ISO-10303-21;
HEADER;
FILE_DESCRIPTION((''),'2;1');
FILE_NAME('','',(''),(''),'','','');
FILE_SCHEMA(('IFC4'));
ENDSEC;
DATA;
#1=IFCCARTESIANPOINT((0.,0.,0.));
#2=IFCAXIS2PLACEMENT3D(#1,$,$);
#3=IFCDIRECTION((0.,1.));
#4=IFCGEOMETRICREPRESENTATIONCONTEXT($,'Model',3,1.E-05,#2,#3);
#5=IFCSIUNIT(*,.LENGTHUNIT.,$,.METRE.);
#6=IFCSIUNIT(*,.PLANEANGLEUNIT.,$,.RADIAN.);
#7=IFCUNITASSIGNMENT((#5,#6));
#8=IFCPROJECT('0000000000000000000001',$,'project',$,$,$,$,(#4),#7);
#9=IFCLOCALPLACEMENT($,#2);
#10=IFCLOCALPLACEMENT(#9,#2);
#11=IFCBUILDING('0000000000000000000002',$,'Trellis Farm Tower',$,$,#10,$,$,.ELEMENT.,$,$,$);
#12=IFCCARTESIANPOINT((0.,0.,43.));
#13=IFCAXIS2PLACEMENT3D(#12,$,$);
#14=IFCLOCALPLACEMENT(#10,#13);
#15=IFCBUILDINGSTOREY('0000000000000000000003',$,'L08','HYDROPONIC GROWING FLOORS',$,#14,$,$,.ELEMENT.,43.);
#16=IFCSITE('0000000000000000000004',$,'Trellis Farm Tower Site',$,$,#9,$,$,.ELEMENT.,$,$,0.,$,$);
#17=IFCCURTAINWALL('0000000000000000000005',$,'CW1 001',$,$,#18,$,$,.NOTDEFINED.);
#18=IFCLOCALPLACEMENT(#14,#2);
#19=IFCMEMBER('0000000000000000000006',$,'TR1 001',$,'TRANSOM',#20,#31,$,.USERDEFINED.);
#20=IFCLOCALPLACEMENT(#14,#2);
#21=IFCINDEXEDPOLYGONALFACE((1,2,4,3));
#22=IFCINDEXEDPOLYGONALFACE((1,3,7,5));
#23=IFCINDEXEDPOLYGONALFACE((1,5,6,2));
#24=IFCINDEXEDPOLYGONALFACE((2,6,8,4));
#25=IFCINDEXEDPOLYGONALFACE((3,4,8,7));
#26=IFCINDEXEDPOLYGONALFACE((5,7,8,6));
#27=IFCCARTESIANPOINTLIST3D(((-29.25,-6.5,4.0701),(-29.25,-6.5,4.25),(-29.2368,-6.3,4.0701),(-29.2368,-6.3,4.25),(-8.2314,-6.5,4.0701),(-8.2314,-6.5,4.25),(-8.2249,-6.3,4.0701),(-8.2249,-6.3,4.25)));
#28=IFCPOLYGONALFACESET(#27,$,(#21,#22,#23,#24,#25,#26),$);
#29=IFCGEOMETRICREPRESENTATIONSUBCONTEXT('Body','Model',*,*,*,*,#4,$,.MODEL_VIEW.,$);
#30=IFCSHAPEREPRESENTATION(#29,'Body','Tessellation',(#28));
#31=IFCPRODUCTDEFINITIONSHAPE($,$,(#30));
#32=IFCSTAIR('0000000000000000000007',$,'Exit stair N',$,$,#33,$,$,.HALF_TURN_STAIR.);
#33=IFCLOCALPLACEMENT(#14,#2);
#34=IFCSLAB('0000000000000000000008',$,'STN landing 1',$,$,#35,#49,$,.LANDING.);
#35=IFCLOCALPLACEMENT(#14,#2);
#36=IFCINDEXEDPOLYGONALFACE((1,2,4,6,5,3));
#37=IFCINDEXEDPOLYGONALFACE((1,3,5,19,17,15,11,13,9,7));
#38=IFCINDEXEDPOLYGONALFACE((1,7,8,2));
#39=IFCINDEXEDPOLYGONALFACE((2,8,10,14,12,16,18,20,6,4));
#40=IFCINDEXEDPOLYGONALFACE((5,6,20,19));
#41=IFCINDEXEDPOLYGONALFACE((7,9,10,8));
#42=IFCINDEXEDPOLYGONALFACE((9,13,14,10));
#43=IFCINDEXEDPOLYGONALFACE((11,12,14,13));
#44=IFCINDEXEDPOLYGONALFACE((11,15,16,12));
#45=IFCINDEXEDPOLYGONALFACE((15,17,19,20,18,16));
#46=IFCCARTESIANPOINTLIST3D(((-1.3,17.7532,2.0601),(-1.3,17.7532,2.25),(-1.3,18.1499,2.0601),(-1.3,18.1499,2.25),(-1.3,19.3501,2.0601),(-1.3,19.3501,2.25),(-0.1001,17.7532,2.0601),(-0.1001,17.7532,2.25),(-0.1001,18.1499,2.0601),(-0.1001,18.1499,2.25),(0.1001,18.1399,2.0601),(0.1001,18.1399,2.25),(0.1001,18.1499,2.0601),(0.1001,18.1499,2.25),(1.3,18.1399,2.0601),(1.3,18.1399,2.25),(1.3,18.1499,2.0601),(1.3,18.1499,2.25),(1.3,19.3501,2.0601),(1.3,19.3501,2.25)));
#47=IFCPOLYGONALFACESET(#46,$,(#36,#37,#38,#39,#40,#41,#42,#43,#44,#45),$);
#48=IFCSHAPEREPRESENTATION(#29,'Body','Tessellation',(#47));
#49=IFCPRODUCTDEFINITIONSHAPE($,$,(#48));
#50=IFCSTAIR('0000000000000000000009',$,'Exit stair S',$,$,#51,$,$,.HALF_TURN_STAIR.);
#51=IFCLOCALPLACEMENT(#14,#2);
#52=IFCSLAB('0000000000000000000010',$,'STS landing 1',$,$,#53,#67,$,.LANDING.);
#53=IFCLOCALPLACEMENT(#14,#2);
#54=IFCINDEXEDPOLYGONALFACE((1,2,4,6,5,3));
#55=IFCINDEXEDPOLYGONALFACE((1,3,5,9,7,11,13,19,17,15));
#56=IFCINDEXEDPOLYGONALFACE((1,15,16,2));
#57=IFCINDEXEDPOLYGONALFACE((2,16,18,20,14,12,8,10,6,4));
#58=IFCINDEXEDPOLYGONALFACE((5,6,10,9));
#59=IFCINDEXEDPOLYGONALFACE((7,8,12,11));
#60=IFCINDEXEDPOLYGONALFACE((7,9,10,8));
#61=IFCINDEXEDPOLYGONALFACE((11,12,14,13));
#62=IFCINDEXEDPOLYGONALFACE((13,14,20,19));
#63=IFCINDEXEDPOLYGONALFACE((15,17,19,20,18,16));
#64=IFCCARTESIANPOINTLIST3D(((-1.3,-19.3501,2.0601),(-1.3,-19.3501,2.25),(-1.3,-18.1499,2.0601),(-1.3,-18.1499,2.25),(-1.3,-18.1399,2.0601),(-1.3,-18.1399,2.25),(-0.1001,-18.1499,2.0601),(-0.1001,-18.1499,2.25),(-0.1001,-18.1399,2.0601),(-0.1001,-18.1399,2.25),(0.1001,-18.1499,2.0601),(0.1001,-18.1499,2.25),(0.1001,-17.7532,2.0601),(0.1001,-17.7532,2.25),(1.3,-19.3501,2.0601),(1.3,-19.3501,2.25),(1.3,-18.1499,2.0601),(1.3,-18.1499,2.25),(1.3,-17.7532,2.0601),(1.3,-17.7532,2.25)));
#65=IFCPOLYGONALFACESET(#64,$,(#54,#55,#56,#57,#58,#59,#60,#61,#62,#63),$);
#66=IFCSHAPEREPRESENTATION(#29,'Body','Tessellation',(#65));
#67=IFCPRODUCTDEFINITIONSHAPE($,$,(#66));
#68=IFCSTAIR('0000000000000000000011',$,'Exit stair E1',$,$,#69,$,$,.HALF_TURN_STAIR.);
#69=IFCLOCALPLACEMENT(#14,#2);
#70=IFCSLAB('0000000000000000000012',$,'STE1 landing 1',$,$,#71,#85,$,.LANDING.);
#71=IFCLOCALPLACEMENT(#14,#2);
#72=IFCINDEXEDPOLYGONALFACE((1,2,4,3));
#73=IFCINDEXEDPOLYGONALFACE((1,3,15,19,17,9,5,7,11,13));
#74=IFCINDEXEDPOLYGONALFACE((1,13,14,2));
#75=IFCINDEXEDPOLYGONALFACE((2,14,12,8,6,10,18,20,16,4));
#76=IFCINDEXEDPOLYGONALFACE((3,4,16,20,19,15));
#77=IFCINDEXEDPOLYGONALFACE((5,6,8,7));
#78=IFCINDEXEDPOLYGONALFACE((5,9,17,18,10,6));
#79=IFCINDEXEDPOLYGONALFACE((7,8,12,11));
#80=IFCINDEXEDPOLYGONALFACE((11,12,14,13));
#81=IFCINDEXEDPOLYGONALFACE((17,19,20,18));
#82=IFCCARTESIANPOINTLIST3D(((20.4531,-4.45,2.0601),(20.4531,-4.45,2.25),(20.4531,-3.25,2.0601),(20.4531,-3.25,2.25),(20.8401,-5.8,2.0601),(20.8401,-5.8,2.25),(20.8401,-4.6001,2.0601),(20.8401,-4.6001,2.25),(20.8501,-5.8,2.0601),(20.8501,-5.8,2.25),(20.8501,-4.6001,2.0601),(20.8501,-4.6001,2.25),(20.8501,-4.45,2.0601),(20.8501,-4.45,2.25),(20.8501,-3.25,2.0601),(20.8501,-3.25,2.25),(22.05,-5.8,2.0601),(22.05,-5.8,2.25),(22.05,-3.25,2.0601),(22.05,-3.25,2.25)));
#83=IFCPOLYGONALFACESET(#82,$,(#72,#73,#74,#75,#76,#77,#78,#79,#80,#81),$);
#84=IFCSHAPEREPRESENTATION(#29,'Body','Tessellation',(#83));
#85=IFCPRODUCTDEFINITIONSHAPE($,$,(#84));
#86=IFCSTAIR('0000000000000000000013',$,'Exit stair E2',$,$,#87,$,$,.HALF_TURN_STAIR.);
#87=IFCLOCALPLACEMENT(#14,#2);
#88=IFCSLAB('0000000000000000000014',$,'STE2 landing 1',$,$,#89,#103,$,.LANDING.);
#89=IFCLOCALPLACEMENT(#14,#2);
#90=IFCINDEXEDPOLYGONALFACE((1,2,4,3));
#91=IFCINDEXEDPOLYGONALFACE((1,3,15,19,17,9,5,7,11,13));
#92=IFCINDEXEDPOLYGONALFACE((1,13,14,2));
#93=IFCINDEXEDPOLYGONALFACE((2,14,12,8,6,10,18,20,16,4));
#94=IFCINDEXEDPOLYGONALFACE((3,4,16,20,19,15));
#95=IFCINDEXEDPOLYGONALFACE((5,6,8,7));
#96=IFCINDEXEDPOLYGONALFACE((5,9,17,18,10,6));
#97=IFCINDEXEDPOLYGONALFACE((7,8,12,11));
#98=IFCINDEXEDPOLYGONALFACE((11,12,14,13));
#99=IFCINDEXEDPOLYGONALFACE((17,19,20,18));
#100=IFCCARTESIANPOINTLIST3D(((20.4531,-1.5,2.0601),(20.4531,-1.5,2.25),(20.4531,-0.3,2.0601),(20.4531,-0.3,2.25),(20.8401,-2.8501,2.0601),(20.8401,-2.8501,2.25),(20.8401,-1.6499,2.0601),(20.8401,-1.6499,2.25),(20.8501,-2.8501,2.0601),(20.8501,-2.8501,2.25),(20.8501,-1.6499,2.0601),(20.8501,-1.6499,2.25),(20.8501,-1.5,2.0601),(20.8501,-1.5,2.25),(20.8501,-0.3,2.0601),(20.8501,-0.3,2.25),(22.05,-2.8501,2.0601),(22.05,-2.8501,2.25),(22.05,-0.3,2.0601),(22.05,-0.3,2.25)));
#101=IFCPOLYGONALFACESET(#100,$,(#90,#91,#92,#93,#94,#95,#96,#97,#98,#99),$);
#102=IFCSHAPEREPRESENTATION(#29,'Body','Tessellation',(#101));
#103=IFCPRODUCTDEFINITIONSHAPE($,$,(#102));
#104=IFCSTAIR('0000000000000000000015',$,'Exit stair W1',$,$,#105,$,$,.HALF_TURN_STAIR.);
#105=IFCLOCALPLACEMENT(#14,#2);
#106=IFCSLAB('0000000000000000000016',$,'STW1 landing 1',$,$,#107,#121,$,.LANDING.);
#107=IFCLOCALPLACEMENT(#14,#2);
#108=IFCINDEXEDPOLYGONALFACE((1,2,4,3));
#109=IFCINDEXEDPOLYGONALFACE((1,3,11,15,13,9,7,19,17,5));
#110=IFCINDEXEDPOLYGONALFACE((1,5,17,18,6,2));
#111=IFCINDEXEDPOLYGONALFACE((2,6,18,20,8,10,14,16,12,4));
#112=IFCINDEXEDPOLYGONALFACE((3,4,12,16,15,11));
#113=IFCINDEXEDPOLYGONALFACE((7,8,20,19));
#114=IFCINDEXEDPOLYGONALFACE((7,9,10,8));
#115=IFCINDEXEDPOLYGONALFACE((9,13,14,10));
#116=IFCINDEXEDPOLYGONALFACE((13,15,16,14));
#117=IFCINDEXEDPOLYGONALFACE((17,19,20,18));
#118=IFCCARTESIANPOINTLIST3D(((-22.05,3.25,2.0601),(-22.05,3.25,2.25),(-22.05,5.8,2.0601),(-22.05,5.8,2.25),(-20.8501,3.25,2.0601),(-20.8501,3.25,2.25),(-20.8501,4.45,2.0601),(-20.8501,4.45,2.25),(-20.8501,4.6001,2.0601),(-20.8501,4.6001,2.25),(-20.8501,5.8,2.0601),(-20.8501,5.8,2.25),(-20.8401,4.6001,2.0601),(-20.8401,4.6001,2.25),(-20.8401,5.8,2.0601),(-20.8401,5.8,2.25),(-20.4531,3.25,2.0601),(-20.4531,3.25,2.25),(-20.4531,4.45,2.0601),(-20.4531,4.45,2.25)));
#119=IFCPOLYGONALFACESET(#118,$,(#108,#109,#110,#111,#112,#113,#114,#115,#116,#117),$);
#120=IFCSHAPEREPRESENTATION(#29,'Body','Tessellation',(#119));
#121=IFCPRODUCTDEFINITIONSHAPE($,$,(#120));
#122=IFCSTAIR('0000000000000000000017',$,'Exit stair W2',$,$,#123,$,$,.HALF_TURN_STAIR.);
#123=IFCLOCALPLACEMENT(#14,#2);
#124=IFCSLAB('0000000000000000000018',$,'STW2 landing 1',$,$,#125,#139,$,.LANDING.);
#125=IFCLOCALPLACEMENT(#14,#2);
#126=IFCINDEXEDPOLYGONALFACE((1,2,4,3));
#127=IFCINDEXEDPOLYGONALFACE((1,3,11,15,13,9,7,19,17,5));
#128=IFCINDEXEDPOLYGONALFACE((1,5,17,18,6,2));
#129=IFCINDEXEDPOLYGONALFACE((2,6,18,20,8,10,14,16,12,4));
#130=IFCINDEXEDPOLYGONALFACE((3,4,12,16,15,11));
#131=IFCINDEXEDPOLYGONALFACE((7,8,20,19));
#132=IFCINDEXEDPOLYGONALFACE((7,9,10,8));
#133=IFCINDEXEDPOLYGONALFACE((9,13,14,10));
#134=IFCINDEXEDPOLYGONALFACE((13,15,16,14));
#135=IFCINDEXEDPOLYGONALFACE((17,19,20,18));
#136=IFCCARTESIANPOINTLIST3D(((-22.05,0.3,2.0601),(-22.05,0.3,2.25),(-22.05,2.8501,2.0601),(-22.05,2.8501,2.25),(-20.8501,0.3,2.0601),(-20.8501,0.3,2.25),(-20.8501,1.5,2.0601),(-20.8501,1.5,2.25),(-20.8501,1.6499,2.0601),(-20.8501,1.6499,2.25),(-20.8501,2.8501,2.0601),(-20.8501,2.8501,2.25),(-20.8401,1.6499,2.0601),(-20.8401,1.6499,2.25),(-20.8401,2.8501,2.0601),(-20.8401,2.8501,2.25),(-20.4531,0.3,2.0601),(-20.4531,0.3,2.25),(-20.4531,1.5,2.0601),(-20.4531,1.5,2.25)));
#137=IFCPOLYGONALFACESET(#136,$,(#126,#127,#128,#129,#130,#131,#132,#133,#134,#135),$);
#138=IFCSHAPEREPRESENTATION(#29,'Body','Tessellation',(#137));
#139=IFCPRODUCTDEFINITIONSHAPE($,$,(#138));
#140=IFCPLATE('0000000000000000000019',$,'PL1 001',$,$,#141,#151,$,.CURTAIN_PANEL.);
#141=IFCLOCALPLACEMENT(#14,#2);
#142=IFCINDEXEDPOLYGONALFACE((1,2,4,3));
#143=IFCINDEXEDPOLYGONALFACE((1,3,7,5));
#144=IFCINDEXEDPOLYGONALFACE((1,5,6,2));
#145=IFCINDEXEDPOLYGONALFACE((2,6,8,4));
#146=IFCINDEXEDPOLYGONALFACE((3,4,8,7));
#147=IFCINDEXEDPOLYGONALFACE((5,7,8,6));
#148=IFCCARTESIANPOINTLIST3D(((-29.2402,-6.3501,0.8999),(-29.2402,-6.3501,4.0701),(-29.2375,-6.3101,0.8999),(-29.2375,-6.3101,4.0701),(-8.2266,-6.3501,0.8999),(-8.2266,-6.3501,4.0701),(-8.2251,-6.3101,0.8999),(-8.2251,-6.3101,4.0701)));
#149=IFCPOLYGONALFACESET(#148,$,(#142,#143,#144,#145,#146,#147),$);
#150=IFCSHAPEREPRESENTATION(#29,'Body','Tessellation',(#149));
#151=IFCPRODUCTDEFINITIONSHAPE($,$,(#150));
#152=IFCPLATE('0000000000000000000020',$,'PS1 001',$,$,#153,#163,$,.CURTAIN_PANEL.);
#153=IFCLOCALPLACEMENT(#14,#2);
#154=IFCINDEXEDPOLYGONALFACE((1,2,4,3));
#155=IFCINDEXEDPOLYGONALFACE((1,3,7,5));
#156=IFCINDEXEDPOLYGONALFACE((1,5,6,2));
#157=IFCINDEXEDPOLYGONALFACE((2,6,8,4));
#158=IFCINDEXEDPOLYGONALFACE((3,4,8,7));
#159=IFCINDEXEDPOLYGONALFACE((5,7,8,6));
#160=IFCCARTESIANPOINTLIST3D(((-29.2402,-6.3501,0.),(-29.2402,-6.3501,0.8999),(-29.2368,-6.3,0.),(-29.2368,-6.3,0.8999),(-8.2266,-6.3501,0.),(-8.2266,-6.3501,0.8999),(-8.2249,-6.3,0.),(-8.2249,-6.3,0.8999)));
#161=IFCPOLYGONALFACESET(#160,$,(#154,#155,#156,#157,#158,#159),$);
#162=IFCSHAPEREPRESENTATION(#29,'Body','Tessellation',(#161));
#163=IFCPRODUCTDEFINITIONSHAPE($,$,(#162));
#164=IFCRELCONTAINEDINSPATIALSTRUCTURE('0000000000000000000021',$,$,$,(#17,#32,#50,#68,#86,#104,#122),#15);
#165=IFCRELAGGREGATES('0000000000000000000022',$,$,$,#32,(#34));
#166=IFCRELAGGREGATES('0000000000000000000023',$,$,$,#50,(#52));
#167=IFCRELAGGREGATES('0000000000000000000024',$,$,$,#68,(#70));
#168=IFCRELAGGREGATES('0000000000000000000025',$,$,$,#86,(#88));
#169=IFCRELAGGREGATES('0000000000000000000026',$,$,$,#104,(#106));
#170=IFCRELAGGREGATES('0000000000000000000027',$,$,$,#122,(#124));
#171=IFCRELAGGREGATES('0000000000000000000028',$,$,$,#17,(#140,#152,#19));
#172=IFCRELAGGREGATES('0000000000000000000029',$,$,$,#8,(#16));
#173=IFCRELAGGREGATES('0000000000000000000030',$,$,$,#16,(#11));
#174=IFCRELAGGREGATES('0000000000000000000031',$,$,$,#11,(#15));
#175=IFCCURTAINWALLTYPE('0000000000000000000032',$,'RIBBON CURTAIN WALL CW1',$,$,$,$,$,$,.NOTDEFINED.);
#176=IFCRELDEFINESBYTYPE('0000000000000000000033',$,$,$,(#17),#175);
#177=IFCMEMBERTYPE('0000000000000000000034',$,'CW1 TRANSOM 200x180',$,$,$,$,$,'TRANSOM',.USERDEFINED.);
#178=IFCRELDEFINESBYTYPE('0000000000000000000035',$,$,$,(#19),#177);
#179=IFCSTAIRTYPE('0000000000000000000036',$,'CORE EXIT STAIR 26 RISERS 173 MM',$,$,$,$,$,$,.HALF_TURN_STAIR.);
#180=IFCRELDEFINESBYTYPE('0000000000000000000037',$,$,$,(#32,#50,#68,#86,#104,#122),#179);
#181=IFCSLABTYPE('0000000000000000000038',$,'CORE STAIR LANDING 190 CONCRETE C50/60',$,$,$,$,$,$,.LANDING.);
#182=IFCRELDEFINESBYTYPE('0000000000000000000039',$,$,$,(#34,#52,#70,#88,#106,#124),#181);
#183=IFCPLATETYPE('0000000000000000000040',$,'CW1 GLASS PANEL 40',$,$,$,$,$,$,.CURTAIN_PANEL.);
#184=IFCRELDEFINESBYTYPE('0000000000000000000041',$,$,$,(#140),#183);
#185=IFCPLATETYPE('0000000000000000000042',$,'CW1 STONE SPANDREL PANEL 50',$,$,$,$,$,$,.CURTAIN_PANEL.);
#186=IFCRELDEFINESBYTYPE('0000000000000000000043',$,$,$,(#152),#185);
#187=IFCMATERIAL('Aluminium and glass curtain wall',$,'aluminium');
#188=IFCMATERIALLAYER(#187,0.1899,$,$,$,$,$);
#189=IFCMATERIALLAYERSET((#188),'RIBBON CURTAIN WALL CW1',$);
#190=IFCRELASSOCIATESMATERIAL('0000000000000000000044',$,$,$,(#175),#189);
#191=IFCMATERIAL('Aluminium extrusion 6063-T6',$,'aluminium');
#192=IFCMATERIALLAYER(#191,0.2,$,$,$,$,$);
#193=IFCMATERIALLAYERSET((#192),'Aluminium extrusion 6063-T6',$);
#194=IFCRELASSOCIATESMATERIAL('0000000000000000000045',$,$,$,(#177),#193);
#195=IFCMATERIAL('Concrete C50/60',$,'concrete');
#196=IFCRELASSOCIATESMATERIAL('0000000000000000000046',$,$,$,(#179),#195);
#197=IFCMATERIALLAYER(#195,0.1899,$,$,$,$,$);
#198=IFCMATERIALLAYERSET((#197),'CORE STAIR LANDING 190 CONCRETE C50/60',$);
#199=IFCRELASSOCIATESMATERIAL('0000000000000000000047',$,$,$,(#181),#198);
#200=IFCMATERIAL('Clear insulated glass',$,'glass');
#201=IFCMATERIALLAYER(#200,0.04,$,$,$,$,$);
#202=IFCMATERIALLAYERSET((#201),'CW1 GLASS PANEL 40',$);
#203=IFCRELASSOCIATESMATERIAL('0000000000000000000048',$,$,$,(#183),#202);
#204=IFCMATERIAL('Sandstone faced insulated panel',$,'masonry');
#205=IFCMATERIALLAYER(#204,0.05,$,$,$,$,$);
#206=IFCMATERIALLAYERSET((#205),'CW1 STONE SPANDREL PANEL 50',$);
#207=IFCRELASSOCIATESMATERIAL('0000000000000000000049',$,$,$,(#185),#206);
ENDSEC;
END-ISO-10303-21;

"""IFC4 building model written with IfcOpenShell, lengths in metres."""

from ifc_helpers import new_model, si_unit, direction, frame, origin, place, context, subcontext, project, spatial, polyline, outline, extrude, source, transform, mapped, material, layer, layer_set, type_object, element, aggregate, save


model = new_model("IFC4")

# Units and contexts
model_context = context("Model", 3, precision=1e-05, world=origin(), true_north=direction((0.0, 1.0)))
body_context = subcontext(model_context, "Body", "Model", "MODEL_VIEW")
ifc_project = project(units=[si_unit("LENGTHUNIT", "METRE"), si_unit("PLANEANGLEUNIT", "RADIAN")], contexts=[model_context])

# Site, building, storey
site_placement = place(None, origin())
site = spatial("IfcSite", under=ifc_project, at=site_placement, Name="Trellis Farm Tower Site", CompositionType="ELEMENT", RefElevation=0.0)
building_placement = place(site_placement, origin())
building = spatial("IfcBuilding", under=site, at=building_placement, Name="Trellis Farm Tower", CompositionType="ELEMENT")
storey_placement = place(building_placement, frame((0.0, 0.0, 43.0)))
storey = spatial("IfcBuildingStorey", under=building, at=storey_placement, Name="L08", Description="HYDROPONIC GROWING FLOORS", CompositionType="ELEMENT", Elevation=43.0)

# Curtain wall, member
ifc_material_1 = material(Name="Aluminium and glass curtain wall", Category="aluminium")
ifc_layer_1 = layer(ifc_material_1, 0.1899)
ifc_layer_set_1 = layer_set([ifc_layer_1], Name="RIBBON CURTAIN WALL CW1")
curtain_wall_type = type_object("IfcCurtainWallType", Name="RIBBON CURTAIN WALL CW1", PredefinedType="NOTDEFINED", material=ifc_layer_set_1)
placement_1 = place(storey_placement, origin())
curtain_wall = element("IfcCurtainWall", 1, at=placement_1, inside=storey, type_object=curtain_wall_type, Name="CW1 001", PredefinedType="NOTDEFINED")
ifc_material_2 = material(Name="Aluminium extrusion 6063-T6", Category="aluminium")
ifc_layer_2 = layer(ifc_material_2, 0.2)
ifc_layer_set_2 = layer_set([ifc_layer_2], Name="Aluminium extrusion 6063-T6")
member_type = type_object("IfcMemberType", Name="CW1 TRANSOM 200x180", ElementType="TRANSOM", PredefinedType="USERDEFINED", material=ifc_layer_set_2)
shared_shape_1 = source(origin(), body_context, "Body", "SweptSolid", [
    extrude(outline(polyline([(-29.25, -6.5), (-8.2314, -6.5), (-8.2249, -6.3), (-29.2368, -6.3), (-29.25, -6.5)])), origin(), (0.0, 0.0, 1.0), 0.1799),
])
member_placement = place(storey_placement, frame((0.0, 0.0, 4.0701)))
member = element("IfcMember", 2, at=member_placement, type_object=member_type, Name="TR1 001", ObjectType="TRANSOM", PredefinedType="USERDEFINED", context=body_context, shape_type="MappedRepresentation", body=[
    mapped(shared_shape_1, transform((0.0, 0.0, 0.0))),
])

# Stairs, slabs
ifc_material_3 = material(Name="Concrete C50/60", Category="concrete")
stair_type = type_object("IfcStairType", Name="CORE EXIT STAIR 26 RISERS 173 MM", PredefinedType="HALF_TURN_STAIR", material=ifc_material_3)
stair_1 = element("IfcStair", 3, at=placement_1, inside=storey, type_object=stair_type, Name="Exit stair N", PredefinedType="HALF_TURN_STAIR")
ifc_layer_3 = layer(ifc_material_3, 0.1899)
ifc_layer_set_3 = layer_set([ifc_layer_3], Name="CORE STAIR LANDING 190 CONCRETE C50/60")
slab_type_1 = type_object("IfcSlabType", Name="CORE STAIR LANDING 190 CONCRETE C50/60", PredefinedType="LANDING", material=ifc_layer_set_3)
shared_shape_2 = source(origin(), body_context, "Body", "SweptSolid", [
    extrude(outline(polyline([(-0.1001, 17.7532), (-1.3, 17.7532), (-1.3, 18.1499), (-1.3, 19.3501), (1.3, 19.3501), (1.3, 18.1499), (1.3, 18.1399), (0.1001, 18.1399), (0.1001, 18.1499), (-0.1001, 18.1499), (-0.1001, 17.7532)])), origin(), (0.0, 0.0, 1.0), 0.1899),
])
placement_2 = place(storey_placement, frame((0.0, 0.0, 2.0601)))
slab_1 = element("IfcSlab", 4, at=placement_2, type_object=slab_type_1, Name="STN landing 1", PredefinedType="LANDING", context=body_context, shape_type="MappedRepresentation", body=[
    mapped(shared_shape_2, transform((0.0, 0.0, 0.0))),
])
aggregate(stair_1, [slab_1])
stair_2 = element("IfcStair", 5, at=placement_1, inside=storey, type_object=stair_type, Name="Exit stair S", PredefinedType="HALF_TURN_STAIR")
shared_shape_3 = source(origin(), body_context, "Body", "SweptSolid", [
    extrude(outline(polyline([(1.3, -19.3501), (-1.3, -19.3501), (-1.3, -18.1499), (-1.3, -18.1399), (-0.1001, -18.1399), (-0.1001, -18.1499), (0.1001, -18.1499), (0.1001, -17.7532), (1.3, -17.7532), (1.3, -18.1499), (1.3, -19.3501)])), origin(), (0.0, 0.0, 1.0), 0.1899),
])
slab_2 = element("IfcSlab", 6, at=placement_2, type_object=slab_type_1, Name="STS landing 1", PredefinedType="LANDING", context=body_context, shape_type="MappedRepresentation", body=[
    mapped(shared_shape_3, transform((0.0, 0.0, 0.0))),
])
aggregate(stair_2, [slab_2])
stair_3 = element("IfcStair", 7, at=placement_1, inside=storey, type_object=stair_type, Name="Exit stair E1", PredefinedType="HALF_TURN_STAIR")
shared_shape_4 = source(origin(), body_context, "Body", "SweptSolid", [
    extrude(outline(polyline([(20.8401, -5.8), (20.8401, -4.6001), (20.8501, -4.6001), (20.8501, -4.45), (20.4531, -4.45), (20.4531, -3.25), (20.8501, -3.25), (22.05, -3.25), (22.05, -5.8), (20.8501, -5.8), (20.8401, -5.8)])), origin(), (0.0, 0.0, 1.0), 0.1899),
])
slab_3 = element("IfcSlab", 8, at=placement_2, type_object=slab_type_1, Name="STE1 landing 1", PredefinedType="LANDING", context=body_context, shape_type="MappedRepresentation", body=[
    mapped(shared_shape_4, transform((0.0, 0.0, 0.0))),
])
aggregate(stair_3, [slab_3])
stair_4 = element("IfcStair", 9, at=placement_1, inside=storey, type_object=stair_type, Name="Exit stair E2", PredefinedType="HALF_TURN_STAIR")
shared_shape_5 = source(origin(), body_context, "Body", "SweptSolid", [
    extrude(outline(polyline([(20.8401, -2.8501), (20.8401, -1.6499), (20.8501, -1.6499), (20.8501, -1.5), (20.4531, -1.5), (20.4531, -0.3), (20.8501, -0.3), (22.05, -0.3), (22.05, -2.8501), (20.8501, -2.8501), (20.8401, -2.8501)])), origin(), (0.0, 0.0, 1.0), 0.1899),
])
slab_4 = element("IfcSlab", 10, at=placement_2, type_object=slab_type_1, Name="STE2 landing 1", PredefinedType="LANDING", context=body_context, shape_type="MappedRepresentation", body=[
    mapped(shared_shape_5, transform((0.0, 0.0, 0.0))),
])
aggregate(stair_4, [slab_4])
stair_5 = element("IfcStair", 11, at=placement_1, inside=storey, type_object=stair_type, Name="Exit stair W1", PredefinedType="HALF_TURN_STAIR")
shared_shape_6 = source(origin(), body_context, "Body", "SweptSolid", [
    extrude(outline(polyline([(-20.4531, 4.45), (-20.4531, 3.25), (-20.8501, 3.25), (-22.05, 3.25), (-22.05, 5.8), (-20.8501, 5.8), (-20.8401, 5.8), (-20.8401, 4.6001), (-20.8501, 4.6001), (-20.8501, 4.45), (-20.4531, 4.45)])), origin(), (0.0, 0.0, 1.0), 0.1899),
])
slab_5 = element("IfcSlab", 12, at=placement_2, type_object=slab_type_1, Name="STW1 landing 1", PredefinedType="LANDING", context=body_context, shape_type="MappedRepresentation", body=[
    mapped(shared_shape_6, transform((0.0, 0.0, 0.0))),
])
aggregate(stair_5, [slab_5])
stair_6 = element("IfcStair", 13, at=placement_1, inside=storey, type_object=stair_type, Name="Exit stair W2", PredefinedType="HALF_TURN_STAIR")
shared_shape_7 = source(origin(), body_context, "Body", "SweptSolid", [
    extrude(outline(polyline([(-20.4531, 1.5), (-20.4531, 0.3), (-20.8501, 0.3), (-22.05, 0.3), (-22.05, 2.8501), (-20.8501, 2.8501), (-20.8401, 2.8501), (-20.8401, 1.6499), (-20.8501, 1.6499), (-20.8501, 1.5), (-20.4531, 1.5)])), origin(), (0.0, 0.0, 1.0), 0.1899),
])
slab_6 = element("IfcSlab", 14, at=placement_2, type_object=slab_type_1, Name="STW2 landing 1", PredefinedType="LANDING", context=body_context, shape_type="MappedRepresentation", body=[
    mapped(shared_shape_7, transform((0.0, 0.0, 0.0))),
])
aggregate(stair_6, [slab_6])

# Plates
ifc_material_4 = material(Name="Clear insulated glass", Category="glass")
ifc_layer_4 = layer(ifc_material_4, 0.04)
ifc_layer_set_4 = layer_set([ifc_layer_4], Name="CW1 GLASS PANEL 40")
plate_type_1 = type_object("IfcPlateType", Name="CW1 GLASS PANEL 40", PredefinedType="CURTAIN_PANEL", material=ifc_layer_set_4)
shared_shape_8 = source(origin(), body_context, "Body", "SweptSolid", [
    extrude(outline(polyline([(-29.2402, -6.3501), (-8.2266, -6.3501), (-8.2251, -6.3101), (-29.2375, -6.3101), (-29.2402, -6.3501)])), origin(), (0.0, 0.0, 1.0), 3.1702),
])
plate_1_placement = place(storey_placement, frame((0.0, 0.0, 0.8999)))
plate_1 = element("IfcPlate", 15, at=plate_1_placement, type_object=plate_type_1, Name="PL1 001", PredefinedType="CURTAIN_PANEL", context=body_context, shape_type="MappedRepresentation", body=[
    mapped(shared_shape_8, transform((0.0, 0.0, 0.0))),
])
ifc_material_5 = material(Name="Sandstone faced insulated panel", Category="masonry")
ifc_layer_5 = layer(ifc_material_5, 0.05)
ifc_layer_set_5 = layer_set([ifc_layer_5], Name="CW1 STONE SPANDREL PANEL 50")
plate_type_2 = type_object("IfcPlateType", Name="CW1 STONE SPANDREL PANEL 50", PredefinedType="CURTAIN_PANEL", material=ifc_layer_set_5)
shared_shape_9 = source(origin(), body_context, "Body", "SweptSolid", [
    extrude(outline(polyline([(-29.2402, -6.3501), (-8.2266, -6.3501), (-8.2249, -6.3), (-29.2368, -6.3), (-29.2402, -6.3501)])), origin(), (0.0, 0.0, 1.0), 0.8999),
])
plate_2 = element("IfcPlate", 16, at=placement_1, type_object=plate_type_2, Name="PS1 001", PredefinedType="CURTAIN_PANEL", context=body_context, shape_type="MappedRepresentation", body=[
    mapped(shared_shape_9, transform((0.0, 0.0, 0.0))),
])
aggregate(curtain_wall, [plate_1, plate_2, member])

save(model, "model.ifc")
